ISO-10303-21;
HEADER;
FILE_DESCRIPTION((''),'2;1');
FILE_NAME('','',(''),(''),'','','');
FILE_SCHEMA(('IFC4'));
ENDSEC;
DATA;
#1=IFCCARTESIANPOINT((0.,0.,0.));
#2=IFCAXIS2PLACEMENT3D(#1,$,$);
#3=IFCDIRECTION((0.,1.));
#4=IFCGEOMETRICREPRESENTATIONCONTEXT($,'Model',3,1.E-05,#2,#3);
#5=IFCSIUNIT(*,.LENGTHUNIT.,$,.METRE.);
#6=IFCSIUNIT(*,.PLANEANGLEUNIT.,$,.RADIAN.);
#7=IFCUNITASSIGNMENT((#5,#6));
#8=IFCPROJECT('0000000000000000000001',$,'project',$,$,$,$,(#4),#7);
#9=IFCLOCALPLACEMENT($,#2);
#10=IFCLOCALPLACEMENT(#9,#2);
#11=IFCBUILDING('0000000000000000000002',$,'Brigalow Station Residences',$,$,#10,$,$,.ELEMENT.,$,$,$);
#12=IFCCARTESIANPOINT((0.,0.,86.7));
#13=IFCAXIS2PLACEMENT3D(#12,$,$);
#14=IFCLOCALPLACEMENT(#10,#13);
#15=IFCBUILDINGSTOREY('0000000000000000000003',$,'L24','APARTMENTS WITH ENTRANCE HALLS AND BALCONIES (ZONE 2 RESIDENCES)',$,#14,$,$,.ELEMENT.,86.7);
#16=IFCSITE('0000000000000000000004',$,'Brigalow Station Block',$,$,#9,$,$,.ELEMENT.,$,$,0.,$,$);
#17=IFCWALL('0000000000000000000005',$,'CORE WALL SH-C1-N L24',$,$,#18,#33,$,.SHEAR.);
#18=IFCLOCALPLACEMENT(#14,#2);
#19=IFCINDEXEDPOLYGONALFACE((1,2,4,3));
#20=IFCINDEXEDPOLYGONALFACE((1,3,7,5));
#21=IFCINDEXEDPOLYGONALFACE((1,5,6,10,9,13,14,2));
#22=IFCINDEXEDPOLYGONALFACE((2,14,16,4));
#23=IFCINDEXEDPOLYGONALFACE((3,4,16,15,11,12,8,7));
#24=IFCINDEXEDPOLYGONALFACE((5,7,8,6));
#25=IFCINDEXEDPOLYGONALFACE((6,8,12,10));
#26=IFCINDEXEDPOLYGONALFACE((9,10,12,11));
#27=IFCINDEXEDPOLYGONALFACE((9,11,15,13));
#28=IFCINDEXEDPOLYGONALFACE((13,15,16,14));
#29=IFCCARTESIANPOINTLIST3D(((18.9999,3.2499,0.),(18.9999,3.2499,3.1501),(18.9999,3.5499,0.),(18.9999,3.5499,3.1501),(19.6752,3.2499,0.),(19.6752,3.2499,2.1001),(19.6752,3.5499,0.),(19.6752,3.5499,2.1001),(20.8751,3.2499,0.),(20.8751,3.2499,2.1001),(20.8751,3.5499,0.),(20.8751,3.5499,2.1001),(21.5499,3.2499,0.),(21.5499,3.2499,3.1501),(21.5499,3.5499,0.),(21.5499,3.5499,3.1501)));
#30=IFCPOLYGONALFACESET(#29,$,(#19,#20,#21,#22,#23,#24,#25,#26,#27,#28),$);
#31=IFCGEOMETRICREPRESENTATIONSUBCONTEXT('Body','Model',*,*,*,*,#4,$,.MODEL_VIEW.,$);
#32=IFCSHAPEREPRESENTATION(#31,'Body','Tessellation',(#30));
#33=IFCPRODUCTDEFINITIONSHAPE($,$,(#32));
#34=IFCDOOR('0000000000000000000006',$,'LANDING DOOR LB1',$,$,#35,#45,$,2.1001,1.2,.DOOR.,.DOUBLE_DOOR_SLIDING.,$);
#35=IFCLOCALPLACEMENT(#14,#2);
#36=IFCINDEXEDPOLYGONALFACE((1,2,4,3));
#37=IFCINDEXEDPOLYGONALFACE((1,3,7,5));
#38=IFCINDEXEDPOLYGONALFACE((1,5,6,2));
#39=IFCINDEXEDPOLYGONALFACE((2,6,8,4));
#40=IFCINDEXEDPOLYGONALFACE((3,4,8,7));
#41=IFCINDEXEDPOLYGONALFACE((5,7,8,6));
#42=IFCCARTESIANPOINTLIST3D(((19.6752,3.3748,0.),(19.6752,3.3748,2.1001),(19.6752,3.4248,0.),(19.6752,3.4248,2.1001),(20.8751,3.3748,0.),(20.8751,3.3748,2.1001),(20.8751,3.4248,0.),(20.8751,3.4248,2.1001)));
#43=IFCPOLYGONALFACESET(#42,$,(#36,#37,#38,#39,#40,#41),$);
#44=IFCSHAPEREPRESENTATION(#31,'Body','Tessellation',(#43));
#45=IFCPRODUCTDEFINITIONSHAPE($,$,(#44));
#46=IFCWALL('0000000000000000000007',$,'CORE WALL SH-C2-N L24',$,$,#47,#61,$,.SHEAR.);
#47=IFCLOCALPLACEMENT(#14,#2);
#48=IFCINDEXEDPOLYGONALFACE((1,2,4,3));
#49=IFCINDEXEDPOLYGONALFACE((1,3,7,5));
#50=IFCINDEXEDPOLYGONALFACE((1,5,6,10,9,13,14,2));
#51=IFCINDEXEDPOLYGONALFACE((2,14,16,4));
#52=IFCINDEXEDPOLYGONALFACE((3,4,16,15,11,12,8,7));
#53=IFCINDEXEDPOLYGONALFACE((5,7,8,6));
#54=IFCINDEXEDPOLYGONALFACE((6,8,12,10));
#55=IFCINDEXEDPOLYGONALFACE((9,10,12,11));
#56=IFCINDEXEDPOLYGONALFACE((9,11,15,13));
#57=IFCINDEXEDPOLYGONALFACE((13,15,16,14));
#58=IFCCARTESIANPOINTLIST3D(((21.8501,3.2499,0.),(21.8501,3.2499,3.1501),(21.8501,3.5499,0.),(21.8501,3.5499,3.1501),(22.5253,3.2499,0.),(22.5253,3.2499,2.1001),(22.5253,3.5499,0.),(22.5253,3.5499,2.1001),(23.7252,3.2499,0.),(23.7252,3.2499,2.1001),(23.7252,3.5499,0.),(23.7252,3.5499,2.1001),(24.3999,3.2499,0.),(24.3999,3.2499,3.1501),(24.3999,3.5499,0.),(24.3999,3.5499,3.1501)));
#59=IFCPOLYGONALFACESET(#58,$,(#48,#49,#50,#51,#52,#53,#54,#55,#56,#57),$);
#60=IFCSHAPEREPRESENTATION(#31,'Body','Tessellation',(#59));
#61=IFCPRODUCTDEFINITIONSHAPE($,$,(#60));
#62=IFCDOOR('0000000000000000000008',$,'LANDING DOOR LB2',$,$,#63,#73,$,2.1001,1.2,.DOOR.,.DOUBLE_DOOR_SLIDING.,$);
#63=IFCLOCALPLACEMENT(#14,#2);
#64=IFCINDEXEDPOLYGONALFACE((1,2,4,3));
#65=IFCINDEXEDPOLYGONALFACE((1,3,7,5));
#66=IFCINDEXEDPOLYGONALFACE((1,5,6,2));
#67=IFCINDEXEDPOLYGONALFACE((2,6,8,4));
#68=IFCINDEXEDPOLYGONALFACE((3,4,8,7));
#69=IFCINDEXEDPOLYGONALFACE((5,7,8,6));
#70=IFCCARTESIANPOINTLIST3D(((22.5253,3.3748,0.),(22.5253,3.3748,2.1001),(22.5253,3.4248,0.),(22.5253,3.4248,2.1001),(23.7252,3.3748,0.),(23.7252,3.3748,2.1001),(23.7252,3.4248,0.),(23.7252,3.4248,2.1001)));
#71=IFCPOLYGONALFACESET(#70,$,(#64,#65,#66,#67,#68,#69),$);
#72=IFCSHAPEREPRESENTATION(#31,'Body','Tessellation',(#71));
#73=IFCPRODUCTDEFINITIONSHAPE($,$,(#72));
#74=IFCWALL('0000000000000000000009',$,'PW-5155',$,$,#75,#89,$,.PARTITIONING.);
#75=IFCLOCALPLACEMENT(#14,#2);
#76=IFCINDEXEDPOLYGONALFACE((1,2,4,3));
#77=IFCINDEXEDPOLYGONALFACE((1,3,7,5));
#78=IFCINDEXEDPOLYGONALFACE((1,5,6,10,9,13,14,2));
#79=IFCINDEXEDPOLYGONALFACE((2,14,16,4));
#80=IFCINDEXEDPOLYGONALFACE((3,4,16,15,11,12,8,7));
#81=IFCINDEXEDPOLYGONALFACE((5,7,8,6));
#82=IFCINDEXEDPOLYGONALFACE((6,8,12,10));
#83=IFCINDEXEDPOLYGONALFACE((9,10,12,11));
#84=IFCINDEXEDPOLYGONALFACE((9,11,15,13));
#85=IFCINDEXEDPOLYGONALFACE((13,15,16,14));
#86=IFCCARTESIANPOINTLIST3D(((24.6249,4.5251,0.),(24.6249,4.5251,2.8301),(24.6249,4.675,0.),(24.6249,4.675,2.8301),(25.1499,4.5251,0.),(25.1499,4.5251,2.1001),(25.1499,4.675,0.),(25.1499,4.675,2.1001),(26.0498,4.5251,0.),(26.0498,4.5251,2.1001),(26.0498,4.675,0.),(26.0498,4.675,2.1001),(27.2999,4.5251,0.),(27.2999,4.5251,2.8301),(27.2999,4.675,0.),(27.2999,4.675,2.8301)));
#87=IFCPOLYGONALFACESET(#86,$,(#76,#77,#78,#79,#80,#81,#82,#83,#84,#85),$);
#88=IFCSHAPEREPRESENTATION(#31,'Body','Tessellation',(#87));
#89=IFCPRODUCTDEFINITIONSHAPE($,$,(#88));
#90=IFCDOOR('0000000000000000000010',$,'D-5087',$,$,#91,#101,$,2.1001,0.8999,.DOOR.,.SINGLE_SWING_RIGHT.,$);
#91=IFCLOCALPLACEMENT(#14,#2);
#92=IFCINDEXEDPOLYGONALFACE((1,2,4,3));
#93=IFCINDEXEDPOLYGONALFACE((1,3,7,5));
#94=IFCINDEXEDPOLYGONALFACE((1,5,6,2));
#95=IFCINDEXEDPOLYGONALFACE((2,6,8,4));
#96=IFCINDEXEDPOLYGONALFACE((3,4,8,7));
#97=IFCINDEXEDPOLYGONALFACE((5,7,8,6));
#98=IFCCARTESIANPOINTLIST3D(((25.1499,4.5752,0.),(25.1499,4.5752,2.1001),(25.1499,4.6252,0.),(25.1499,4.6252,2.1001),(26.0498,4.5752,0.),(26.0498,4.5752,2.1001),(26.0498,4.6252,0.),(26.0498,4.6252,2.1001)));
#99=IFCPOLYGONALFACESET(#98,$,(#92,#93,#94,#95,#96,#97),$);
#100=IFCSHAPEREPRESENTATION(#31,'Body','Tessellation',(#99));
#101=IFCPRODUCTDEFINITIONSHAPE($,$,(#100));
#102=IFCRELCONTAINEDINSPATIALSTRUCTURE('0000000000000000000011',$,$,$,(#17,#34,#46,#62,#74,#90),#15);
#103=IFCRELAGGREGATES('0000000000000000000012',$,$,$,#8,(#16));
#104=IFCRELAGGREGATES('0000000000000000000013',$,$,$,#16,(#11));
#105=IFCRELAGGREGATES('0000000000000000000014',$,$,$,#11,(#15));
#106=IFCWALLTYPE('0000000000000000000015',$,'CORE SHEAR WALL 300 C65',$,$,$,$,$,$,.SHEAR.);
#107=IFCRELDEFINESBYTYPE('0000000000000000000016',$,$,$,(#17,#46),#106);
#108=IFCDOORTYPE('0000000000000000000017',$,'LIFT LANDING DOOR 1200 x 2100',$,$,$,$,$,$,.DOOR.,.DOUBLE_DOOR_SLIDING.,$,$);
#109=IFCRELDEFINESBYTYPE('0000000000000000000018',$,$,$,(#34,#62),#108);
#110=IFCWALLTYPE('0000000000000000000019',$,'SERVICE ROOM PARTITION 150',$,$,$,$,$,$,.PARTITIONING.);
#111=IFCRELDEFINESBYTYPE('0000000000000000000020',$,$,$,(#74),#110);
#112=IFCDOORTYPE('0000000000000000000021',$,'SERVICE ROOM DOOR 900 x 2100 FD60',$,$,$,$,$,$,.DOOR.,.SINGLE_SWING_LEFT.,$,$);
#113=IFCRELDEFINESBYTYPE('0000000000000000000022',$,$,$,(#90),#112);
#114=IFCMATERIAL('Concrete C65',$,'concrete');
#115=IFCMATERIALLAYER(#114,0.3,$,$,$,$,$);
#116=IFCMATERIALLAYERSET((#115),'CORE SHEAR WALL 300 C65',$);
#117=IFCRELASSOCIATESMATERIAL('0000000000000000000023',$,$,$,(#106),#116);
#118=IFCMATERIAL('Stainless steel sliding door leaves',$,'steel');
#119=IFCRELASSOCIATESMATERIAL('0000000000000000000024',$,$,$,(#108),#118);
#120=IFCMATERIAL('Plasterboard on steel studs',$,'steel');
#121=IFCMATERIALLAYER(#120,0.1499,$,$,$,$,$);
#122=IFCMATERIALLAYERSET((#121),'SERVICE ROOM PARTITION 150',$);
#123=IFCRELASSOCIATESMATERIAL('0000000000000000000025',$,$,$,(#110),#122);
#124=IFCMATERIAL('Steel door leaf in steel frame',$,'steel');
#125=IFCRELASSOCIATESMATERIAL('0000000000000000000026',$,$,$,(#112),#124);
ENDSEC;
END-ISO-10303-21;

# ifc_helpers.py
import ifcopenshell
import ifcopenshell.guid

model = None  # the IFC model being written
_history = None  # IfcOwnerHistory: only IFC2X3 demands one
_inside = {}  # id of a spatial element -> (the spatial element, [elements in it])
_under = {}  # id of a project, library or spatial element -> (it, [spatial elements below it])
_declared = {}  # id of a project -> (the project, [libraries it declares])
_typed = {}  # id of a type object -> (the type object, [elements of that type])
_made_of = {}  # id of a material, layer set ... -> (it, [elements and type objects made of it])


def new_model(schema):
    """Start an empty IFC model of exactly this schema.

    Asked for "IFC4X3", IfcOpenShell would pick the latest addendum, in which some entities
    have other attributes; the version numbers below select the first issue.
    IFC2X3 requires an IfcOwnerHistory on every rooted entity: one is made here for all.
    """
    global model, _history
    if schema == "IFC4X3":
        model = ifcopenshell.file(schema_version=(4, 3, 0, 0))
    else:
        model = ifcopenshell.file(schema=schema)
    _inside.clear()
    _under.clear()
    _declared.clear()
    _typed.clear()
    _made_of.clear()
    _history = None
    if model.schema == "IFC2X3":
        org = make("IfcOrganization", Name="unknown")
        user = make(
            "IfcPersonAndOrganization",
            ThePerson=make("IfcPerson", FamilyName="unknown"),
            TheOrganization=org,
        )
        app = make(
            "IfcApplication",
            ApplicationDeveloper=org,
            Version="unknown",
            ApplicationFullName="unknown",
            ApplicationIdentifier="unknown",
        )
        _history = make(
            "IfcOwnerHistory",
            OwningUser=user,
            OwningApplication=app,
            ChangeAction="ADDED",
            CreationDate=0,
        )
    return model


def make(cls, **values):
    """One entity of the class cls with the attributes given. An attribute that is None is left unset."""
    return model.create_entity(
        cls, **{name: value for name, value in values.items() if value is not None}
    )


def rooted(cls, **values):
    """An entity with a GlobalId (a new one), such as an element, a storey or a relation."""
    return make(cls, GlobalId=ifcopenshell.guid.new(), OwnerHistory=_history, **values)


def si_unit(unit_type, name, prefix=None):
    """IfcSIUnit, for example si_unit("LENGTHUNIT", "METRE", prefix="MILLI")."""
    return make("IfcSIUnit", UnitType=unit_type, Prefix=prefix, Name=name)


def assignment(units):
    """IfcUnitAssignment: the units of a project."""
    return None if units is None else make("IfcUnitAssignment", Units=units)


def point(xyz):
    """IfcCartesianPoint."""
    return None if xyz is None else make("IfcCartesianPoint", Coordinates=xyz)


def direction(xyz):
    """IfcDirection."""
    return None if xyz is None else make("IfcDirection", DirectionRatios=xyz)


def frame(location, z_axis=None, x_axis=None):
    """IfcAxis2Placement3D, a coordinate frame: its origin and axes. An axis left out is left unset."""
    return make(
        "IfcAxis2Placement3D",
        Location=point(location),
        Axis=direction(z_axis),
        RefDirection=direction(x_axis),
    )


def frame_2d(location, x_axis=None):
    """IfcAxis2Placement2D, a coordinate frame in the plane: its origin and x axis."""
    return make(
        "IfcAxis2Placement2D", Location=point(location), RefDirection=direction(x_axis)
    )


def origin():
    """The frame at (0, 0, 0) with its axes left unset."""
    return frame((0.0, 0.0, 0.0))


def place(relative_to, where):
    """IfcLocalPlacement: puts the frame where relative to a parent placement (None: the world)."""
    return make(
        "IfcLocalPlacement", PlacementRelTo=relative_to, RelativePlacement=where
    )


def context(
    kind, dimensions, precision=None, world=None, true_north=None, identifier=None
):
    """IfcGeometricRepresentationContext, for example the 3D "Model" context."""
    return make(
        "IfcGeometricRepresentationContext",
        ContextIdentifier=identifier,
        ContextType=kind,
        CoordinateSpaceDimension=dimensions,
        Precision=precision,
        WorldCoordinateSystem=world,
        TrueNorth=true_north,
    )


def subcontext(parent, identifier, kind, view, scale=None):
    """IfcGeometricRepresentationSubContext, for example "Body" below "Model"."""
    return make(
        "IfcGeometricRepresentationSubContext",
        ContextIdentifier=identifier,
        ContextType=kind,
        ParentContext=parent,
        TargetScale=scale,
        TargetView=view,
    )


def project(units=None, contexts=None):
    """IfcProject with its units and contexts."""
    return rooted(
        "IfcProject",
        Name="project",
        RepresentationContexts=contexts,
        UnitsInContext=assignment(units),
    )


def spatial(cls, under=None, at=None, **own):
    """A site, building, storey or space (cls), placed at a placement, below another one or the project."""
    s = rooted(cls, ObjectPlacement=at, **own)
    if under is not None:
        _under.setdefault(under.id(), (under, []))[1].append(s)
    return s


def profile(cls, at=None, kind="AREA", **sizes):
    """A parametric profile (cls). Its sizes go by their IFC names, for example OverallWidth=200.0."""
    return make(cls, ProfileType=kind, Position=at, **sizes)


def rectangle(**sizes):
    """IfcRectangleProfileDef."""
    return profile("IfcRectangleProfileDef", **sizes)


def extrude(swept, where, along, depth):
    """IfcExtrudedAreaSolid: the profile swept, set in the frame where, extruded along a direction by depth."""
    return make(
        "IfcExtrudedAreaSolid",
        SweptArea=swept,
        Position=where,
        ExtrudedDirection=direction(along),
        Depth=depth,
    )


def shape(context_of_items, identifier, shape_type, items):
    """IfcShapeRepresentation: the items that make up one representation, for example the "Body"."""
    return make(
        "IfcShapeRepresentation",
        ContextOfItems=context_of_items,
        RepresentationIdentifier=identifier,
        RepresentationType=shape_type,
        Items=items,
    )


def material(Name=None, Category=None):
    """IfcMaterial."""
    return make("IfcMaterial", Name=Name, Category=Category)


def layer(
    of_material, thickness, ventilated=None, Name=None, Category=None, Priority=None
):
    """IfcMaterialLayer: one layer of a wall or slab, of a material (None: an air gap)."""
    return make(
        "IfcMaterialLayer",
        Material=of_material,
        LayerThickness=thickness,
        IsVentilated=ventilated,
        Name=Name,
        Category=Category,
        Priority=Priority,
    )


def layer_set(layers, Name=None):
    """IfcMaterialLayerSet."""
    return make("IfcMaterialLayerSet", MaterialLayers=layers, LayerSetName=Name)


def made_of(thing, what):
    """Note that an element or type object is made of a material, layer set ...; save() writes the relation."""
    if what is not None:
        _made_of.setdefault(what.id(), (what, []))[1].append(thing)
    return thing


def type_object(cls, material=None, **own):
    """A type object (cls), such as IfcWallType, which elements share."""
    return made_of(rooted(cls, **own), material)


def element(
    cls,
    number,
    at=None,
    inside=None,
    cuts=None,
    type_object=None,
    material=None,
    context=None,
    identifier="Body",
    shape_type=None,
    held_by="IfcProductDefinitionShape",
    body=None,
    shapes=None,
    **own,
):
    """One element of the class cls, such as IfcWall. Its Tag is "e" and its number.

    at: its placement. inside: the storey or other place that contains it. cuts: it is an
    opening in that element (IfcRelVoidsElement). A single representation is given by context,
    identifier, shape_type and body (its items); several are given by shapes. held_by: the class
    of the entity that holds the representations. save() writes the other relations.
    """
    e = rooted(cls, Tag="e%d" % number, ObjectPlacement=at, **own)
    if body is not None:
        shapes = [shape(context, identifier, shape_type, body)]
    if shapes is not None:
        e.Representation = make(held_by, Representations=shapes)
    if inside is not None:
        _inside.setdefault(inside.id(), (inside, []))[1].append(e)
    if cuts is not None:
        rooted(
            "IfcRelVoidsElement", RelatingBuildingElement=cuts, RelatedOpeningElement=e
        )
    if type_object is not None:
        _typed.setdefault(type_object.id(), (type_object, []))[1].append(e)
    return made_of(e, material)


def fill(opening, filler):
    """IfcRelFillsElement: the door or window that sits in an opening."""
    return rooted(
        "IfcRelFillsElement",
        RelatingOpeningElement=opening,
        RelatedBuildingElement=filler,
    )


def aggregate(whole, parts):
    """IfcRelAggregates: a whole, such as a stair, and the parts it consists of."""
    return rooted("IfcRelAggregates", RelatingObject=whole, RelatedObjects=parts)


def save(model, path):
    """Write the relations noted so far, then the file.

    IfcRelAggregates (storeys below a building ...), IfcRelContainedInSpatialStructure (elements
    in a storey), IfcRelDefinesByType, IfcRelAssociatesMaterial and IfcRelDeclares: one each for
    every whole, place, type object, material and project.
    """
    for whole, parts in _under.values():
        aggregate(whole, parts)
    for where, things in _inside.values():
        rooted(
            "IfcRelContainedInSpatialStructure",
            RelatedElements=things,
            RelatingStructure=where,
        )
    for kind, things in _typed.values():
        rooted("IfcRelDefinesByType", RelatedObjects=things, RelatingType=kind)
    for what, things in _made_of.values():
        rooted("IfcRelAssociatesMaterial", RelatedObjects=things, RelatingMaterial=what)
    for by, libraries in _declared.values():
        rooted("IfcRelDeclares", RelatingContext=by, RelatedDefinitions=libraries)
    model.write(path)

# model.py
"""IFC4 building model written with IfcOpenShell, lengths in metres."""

from ifc_helpers import new_model, si_unit, direction, frame, frame_2d, origin, place, context, subcontext, project, spatial, rectangle, extrude, material, layer, layer_set, type_object, element, fill, save


model = new_model("IFC4")

# Units and contexts
model_context = context("Model", 3, precision=1e-05, world=origin(), true_north=direction((0.0, 1.0)))
body_context = subcontext(model_context, "Body", "Model", "MODEL_VIEW")
ifc_project = project(units=[si_unit("LENGTHUNIT", "METRE"), si_unit("PLANEANGLEUNIT", "RADIAN")], contexts=[model_context])

# Site, building, storey
site_placement = place(None, origin())
site = spatial("IfcSite", under=ifc_project, at=site_placement, Name="Brigalow Station Block", CompositionType="ELEMENT", RefElevation=0.0)
building_placement = place(site_placement, origin())
building = spatial("IfcBuilding", under=site, at=building_placement, Name="Brigalow Station Residences", CompositionType="ELEMENT")
storey_placement = place(building_placement, frame((0.0, 0.0, 86.7)))
storey = spatial("IfcBuildingStorey", under=building, at=storey_placement, Name="L24", Description="APARTMENTS WITH ENTRANCE HALLS AND BALCONIES (ZONE 2 RESIDENCES)", CompositionType="ELEMENT", Elevation=86.7)

# Walls, openings, doors
ifc_material_1 = material(Name="Concrete C65", Category="concrete")
ifc_layer_1 = layer(ifc_material_1, 0.3)
ifc_layer_set_1 = layer_set([ifc_layer_1], Name="CORE SHEAR WALL 300 C65")
wall_type_1 = type_object("IfcWallType", Name="CORE SHEAR WALL 300 C65", PredefinedType="SHEAR", material=ifc_layer_set_1)
wall_1_placement = place(storey_placement, frame((19.0, 3.3999, 0.0), z_axis=(0.0, 0.0, 1.0), x_axis=(1.0, 0.0, 0.0)))
wall_1 = element("IfcWall", 1, at=wall_1_placement, inside=storey, type_object=wall_type_1, Name="CORE WALL SH-C1-N L24", PredefinedType="SHEAR", context=body_context, shape_type="SweptSolid", body=[
    extrude(rectangle(XDim=2.55, YDim=0.3, at=frame_2d((1.2749, 0.0))), origin(), (0.0, 0.0, 1.0), 3.1501),
])
opening_1_placement = place(wall_1_placement, frame((0.675, 0.0, 0.0)))
opening_1 = element("IfcOpeningElement", 2, at=opening_1_placement, cuts=wall_1, PredefinedType="OPENING", context=body_context, shape_type="SweptSolid", body=[
    extrude(rectangle(XDim=1.2, YDim=2.1001, at=frame_2d((0.6001, 1.05))), frame((0.0, 0.1602, 0.0), z_axis=(0.0, -1.0, 0.0), x_axis=(1.0, 0.0, 0.0)), (0.0, 0.0, 1.0), 0.3201),
])
ifc_material_2 = material(Name="Stainless steel sliding door leaves", Category="steel")
door_type_1 = type_object("IfcDoorType", Name="LIFT LANDING DOOR 1200 x 2100", OperationType="DOUBLE_DOOR_SLIDING", PredefinedType="DOOR", material=ifc_material_2)
door_1_placement = place(opening_1_placement, origin())
door_1 = element("IfcDoor", 3, at=door_1_placement, inside=storey, type_object=door_type_1, Name="LANDING DOOR LB1", OperationType="DOUBLE_DOOR_SLIDING", OverallHeight=2.1001, OverallWidth=1.2, PredefinedType="DOOR", context=body_context, shape_type="SweptSolid", body=[
    extrude(rectangle(XDim=1.2, YDim=2.1001, at=frame_2d((0.6001, 1.05))), frame((0.0, 0.0249, 0.0), z_axis=(0.0, -1.0, 0.0), x_axis=(1.0, 0.0, 0.0)), (0.0, 0.0, 1.0), 0.05),
])
fill(opening_1, door_1)
wall_2_placement = place(storey_placement, frame((21.8501, 3.3999, 0.0), z_axis=(0.0, 0.0, 1.0), x_axis=(1.0, 0.0, 0.0)))
wall_2 = element("IfcWall", 4, at=wall_2_placement, inside=storey, type_object=wall_type_1, Name="CORE WALL SH-C2-N L24", PredefinedType="SHEAR", context=body_context, shape_type="SweptSolid", body=[
    extrude(rectangle(XDim=2.5498, YDim=0.3, at=frame_2d((1.2749, 0.0))), origin(), (0.0, 0.0, 1.0), 3.1501),
])
opening_2_placement = place(wall_2_placement, frame((0.675, 0.0, 0.0)))
opening_2 = element("IfcOpeningElement", 5, at=opening_2_placement, cuts=wall_2, PredefinedType="OPENING", context=body_context, shape_type="SweptSolid", body=[
    extrude(rectangle(XDim=1.2, YDim=2.1001, at=frame_2d((0.6001, 1.05))), frame((0.0, 0.1602, 0.0), z_axis=(0.0, -1.0, 0.0), x_axis=(1.0, 0.0, 0.0)), (0.0, 0.0, 1.0), 0.3201),
])
door_2_placement = place(opening_2_placement, origin())
door_2 = element("IfcDoor", 6, at=door_2_placement, inside=storey, type_object=door_type_1, Name="LANDING DOOR LB2", OperationType="DOUBLE_DOOR_SLIDING", OverallHeight=2.1001, OverallWidth=1.2, PredefinedType="DOOR", context=body_context, shape_type="SweptSolid", body=[
    extrude(rectangle(XDim=1.2, YDim=2.1001, at=frame_2d((0.6001, 1.05))), frame((0.0, 0.0249, 0.0), z_axis=(0.0, -1.0, 0.0), x_axis=(1.0, 0.0, 0.0)), (0.0, 0.0, 1.0), 0.05),
])
fill(opening_2, door_2)
ifc_material_3 = material(Name="Plasterboard on steel studs", Category="steel")
ifc_layer_2 = layer(ifc_material_3, 0.1499)
ifc_layer_set_2 = layer_set([ifc_layer_2], Name="SERVICE ROOM PARTITION 150")
wall_type_2 = type_object("IfcWallType", Name="SERVICE ROOM PARTITION 150", PredefinedType="PARTITIONING", material=ifc_layer_set_2)
wall_3_placement = place(storey_placement, frame((24.625, 4.6001, 0.0), z_axis=(0.0, 0.0, 1.0), x_axis=(1.0, 0.0, 0.0)))
wall_3 = element("IfcWall", 7, at=wall_3_placement, inside=storey, type_object=wall_type_2, Name="PW-5155", PredefinedType="PARTITIONING", context=body_context, shape_type="SweptSolid", body=[
    extrude(rectangle(XDim=2.675, YDim=0.1499, at=frame_2d((1.3374, 0.0))), origin(), (0.0, 0.0, 1.0), 2.8301),
])
opening_3_placement = place(wall_3_placement, frame((0.5249, 0.0, 0.0)))
opening_3 = element("IfcOpeningElement", 8, at=opening_3_placement, cuts=wall_3, PredefinedType="OPENING", context=body_context, shape_type="SweptSolid", body=[
    extrude(rectangle(XDim=0.8999, YDim=2.1001, at=frame_2d((0.45, 1.05))), frame((0.0, 0.085, 0.0), z_axis=(0.0, -1.0, 0.0), x_axis=(1.0, 0.0, 0.0)), (0.0, 0.0, 1.0), 0.1699),
])
ifc_material_4 = material(Name="Steel door leaf in steel frame", Category="steel")
door_type_2 = type_object("IfcDoorType", Name="SERVICE ROOM DOOR 900 x 2100 FD60", OperationType="SINGLE_SWING_LEFT", PredefinedType="DOOR", material=ifc_material_4)
door_3_placement = place(opening_3_placement, frame((0.8999, 0.0, 0.0), z_axis=(0.0, 0.0, 1.0), x_axis=(-1.0, 0.0, 0.0)))
door_3 = element("IfcDoor", 9, at=door_3_placement, inside=storey, type_object=door_type_2, Name="D-5087", OperationType="SINGLE_SWING_RIGHT", OverallHeight=2.1001, OverallWidth=0.8999, PredefinedType="DOOR", context=body_context, shape_type="SweptSolid", body=[
    extrude(rectangle(XDim=0.8999, YDim=2.1001, at=frame_2d((0.45, 1.05))), frame((0.0, 0.0249, 0.0), z_axis=(0.0, -1.0, 0.0), x_axis=(1.0, 0.0, 0.0)), (0.0, 0.0, 1.0), 0.05),
])
fill(opening_3, door_3)

save(model, "model.ifc")
